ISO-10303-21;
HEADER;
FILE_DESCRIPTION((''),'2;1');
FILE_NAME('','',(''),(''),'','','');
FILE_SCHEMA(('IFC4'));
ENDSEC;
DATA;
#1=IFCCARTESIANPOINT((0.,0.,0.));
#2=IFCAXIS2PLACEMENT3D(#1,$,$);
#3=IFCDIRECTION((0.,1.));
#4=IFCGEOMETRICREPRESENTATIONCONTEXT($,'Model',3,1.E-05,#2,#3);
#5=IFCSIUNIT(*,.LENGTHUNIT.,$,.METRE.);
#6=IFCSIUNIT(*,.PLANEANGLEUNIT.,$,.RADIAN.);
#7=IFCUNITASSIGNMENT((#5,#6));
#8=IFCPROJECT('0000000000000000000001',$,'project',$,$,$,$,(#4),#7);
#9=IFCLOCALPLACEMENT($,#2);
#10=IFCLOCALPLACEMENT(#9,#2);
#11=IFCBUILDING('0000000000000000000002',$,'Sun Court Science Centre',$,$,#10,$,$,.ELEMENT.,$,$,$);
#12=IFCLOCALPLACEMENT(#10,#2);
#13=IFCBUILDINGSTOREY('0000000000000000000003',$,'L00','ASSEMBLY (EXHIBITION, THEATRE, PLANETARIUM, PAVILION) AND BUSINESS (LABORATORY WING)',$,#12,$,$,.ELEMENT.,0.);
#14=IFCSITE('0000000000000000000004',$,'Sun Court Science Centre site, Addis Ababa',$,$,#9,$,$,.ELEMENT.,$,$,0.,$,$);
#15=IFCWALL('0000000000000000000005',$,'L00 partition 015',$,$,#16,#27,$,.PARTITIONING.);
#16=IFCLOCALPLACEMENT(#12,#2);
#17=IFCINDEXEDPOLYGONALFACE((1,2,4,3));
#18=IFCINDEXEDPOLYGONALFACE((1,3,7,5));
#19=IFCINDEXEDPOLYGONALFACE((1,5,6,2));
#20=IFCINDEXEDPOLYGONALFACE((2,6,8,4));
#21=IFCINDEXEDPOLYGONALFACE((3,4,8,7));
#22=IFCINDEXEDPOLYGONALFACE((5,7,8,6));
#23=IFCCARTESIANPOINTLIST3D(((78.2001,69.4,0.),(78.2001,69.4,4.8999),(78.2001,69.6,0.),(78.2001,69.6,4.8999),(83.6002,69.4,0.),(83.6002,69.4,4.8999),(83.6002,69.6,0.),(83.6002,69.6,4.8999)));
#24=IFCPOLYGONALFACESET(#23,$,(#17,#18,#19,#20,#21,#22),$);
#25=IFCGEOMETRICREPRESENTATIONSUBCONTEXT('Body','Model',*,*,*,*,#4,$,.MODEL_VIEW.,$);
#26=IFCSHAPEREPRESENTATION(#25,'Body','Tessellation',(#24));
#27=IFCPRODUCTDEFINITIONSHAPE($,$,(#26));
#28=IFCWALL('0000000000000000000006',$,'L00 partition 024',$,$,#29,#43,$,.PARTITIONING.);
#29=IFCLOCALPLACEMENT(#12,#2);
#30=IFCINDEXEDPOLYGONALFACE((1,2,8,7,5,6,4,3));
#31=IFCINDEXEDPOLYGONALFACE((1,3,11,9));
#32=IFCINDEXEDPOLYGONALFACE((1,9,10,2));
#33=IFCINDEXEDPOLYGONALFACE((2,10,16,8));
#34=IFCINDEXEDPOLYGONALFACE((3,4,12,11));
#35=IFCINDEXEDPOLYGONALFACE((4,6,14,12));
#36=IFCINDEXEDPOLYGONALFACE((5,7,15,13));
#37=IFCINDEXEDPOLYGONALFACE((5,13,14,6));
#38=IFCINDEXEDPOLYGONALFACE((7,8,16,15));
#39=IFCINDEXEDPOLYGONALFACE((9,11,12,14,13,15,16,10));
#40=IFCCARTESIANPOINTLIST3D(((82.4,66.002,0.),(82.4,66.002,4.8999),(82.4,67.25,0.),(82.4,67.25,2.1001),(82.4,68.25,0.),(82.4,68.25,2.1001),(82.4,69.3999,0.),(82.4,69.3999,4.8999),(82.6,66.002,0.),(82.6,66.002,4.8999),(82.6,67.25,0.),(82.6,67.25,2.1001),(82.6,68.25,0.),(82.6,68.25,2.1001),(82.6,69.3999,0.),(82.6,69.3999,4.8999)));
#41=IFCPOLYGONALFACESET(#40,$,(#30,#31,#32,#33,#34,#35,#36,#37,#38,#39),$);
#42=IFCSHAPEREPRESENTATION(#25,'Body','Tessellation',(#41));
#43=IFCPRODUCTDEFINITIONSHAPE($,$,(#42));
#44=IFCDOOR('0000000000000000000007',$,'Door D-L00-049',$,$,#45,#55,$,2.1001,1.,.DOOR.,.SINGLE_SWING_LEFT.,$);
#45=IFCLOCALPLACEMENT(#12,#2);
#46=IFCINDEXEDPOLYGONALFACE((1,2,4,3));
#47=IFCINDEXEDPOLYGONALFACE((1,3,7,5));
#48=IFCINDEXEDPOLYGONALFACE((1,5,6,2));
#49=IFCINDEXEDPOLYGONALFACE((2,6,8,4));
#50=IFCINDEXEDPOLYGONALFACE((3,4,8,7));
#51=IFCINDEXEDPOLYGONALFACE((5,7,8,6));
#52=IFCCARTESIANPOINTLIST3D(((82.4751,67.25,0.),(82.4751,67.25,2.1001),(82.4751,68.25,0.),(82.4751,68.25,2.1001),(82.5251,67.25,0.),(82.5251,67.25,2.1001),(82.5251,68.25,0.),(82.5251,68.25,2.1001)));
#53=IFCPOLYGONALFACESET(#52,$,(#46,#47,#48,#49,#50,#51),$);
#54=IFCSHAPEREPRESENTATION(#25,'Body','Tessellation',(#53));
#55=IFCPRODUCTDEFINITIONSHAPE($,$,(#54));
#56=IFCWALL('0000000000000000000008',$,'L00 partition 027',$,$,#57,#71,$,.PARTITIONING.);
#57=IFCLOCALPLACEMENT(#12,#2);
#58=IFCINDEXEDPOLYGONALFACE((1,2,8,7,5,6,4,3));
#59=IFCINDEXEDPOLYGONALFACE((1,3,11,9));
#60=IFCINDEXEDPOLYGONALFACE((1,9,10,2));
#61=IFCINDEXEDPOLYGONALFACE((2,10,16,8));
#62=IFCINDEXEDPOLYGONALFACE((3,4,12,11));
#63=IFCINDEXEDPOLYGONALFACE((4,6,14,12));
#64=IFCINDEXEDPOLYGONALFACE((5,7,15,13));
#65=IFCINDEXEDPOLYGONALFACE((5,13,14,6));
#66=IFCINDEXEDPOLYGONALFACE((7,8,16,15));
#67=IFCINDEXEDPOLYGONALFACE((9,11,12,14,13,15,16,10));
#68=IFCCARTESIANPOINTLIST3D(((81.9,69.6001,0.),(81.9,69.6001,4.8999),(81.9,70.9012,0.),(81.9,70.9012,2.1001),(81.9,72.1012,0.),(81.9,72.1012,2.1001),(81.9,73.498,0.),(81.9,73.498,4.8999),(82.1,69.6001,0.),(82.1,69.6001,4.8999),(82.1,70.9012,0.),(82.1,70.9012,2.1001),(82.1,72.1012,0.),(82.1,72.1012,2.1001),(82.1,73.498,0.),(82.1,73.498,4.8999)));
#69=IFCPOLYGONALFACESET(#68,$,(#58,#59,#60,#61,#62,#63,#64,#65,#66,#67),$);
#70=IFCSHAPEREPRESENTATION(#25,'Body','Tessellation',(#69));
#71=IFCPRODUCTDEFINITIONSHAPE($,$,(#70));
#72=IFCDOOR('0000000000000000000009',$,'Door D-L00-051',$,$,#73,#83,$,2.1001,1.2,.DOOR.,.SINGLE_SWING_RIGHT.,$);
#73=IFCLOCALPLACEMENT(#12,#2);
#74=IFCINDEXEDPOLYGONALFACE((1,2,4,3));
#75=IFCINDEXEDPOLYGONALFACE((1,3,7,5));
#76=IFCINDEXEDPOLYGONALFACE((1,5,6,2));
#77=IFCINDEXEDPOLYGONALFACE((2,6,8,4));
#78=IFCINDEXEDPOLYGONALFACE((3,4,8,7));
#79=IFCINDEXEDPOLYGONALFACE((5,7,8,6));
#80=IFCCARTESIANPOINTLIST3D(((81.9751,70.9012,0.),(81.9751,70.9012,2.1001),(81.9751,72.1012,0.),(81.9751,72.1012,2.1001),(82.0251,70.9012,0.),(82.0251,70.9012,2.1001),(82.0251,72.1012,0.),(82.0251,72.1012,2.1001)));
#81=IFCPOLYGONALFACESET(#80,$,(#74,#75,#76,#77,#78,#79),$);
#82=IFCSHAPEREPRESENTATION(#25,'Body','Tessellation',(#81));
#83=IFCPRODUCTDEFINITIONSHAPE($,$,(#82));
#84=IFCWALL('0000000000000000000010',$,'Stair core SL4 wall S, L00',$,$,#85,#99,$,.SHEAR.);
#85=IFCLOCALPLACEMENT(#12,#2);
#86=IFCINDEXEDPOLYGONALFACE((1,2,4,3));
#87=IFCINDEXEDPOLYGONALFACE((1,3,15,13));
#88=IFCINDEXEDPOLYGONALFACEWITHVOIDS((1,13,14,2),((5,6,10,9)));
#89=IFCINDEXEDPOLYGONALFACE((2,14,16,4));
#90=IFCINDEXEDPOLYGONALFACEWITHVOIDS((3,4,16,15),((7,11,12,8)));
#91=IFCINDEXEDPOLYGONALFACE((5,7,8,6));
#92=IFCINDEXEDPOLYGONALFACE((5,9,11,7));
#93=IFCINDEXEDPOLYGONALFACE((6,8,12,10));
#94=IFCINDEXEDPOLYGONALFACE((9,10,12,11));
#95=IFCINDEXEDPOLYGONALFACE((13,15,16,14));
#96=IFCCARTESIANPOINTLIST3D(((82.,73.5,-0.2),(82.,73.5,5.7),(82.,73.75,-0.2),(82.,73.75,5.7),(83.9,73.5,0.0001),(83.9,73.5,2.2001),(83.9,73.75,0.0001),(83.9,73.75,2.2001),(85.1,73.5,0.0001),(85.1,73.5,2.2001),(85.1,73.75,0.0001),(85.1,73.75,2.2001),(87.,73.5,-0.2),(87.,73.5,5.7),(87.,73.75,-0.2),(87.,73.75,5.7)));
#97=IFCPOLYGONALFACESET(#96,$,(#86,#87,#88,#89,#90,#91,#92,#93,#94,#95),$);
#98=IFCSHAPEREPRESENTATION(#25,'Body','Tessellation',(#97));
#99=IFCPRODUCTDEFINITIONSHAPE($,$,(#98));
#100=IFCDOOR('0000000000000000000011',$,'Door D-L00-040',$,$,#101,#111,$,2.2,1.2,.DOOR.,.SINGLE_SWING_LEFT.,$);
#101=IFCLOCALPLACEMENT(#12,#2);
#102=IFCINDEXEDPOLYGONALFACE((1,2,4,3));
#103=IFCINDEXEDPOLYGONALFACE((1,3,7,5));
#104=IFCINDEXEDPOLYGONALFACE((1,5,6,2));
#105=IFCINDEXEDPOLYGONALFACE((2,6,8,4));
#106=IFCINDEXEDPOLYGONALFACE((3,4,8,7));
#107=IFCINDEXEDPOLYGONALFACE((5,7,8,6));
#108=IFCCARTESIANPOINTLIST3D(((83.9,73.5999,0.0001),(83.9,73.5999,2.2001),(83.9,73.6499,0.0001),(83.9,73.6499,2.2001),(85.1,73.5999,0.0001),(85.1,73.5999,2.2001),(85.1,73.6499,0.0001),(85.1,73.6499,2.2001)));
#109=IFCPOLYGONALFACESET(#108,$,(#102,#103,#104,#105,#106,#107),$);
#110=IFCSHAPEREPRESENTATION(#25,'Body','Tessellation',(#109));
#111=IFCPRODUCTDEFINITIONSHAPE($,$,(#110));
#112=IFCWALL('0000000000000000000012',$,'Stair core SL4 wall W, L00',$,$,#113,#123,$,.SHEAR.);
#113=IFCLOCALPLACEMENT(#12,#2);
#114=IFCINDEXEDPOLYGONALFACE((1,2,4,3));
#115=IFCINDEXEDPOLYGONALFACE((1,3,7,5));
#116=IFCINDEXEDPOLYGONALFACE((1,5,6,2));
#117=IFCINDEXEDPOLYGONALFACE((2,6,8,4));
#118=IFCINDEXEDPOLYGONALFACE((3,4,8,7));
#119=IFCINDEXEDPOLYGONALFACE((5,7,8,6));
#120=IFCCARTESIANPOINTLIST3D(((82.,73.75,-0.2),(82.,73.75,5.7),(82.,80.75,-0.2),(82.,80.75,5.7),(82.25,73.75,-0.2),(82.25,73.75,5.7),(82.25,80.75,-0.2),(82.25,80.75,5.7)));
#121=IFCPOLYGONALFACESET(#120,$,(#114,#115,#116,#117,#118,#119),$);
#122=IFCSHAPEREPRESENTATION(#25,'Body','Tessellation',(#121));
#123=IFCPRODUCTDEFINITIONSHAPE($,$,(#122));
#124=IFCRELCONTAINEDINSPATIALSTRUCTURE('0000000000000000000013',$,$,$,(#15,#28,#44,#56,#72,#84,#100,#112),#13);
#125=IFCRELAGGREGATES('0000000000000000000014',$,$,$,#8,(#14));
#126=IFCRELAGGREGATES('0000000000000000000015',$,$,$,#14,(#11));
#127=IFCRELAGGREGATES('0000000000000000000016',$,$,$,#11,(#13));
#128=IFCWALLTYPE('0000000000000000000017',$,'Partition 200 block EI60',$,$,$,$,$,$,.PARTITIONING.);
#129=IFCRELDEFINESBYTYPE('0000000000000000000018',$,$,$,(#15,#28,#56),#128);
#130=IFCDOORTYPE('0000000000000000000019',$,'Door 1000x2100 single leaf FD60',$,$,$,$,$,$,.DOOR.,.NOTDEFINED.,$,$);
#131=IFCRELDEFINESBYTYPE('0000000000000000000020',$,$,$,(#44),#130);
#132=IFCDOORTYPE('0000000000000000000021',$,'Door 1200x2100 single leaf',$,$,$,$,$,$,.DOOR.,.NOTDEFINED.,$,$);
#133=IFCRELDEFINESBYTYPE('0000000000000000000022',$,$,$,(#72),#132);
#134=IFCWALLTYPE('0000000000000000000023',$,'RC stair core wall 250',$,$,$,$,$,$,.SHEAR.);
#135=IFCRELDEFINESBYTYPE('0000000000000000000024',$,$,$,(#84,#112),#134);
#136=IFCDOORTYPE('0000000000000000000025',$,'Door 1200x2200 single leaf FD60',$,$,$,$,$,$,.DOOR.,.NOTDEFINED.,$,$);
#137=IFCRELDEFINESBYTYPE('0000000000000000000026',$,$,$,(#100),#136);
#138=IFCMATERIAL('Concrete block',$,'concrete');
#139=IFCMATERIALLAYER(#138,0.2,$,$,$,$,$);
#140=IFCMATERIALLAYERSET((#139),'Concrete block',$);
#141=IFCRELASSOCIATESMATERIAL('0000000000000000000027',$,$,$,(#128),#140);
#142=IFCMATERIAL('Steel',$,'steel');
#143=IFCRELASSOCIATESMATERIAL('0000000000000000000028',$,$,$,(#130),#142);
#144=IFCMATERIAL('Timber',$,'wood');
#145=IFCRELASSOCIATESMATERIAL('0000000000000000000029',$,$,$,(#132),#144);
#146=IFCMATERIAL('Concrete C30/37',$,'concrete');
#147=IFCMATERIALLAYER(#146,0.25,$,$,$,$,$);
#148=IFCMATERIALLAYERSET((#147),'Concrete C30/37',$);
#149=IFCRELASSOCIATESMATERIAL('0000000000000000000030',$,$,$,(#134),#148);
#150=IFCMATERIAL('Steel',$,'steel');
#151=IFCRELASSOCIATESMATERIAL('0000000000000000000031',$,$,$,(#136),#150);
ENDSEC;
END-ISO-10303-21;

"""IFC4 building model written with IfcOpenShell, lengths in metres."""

from ifc_helpers import new_model, si_unit, direction, frame, frame_2d, origin, place, context, subcontext, project, spatial, rectangle, extrude, material, layer, layer_set, type_object, element, fill, save


model = new_model("IFC4")

# Units and contexts
model_context = context("Model", 3, precision=1e-05, world=origin(), true_north=direction((0.0, 1.0)))
body_context = subcontext(model_context, "Body", "Model", "MODEL_VIEW")
ifc_project = project(units=[si_unit("LENGTHUNIT", "METRE"), si_unit("PLANEANGLEUNIT", "RADIAN")], contexts=[model_context])

# Site, building, storey
site_placement = place(None, origin())
site = spatial("IfcSite", under=ifc_project, at=site_placement, Name="Sun Court Science Centre site, Addis Ababa", CompositionType="ELEMENT", RefElevation=0.0)
building_placement = place(site_placement, origin())
building = spatial("IfcBuilding", under=site, at=building_placement, Name="Sun Court Science Centre", CompositionType="ELEMENT")
storey_placement = place(building_placement, origin())
storey = spatial("IfcBuildingStorey", under=building, at=storey_placement, Name="L00", Description="ASSEMBLY (EXHIBITION, THEATRE, PLANETARIUM, PAVILION) AND BUSINESS (LABORATORY WING)", CompositionType="ELEMENT", Elevation=0.0)

# Wall
ifc_material_1 = material(Name="Concrete block", Category="concrete")
ifc_layer_1 = layer(ifc_material_1, 0.2)
ifc_layer_set_1 = layer_set([ifc_layer_1], Name="Concrete block")
wall_type_1 = type_object("IfcWallType", Name="Partition 200 block EI60", PredefinedType="PARTITIONING", material=ifc_layer_set_1)
wall_1_placement = place(storey_placement, frame((78.2, 69.5, 0.0), z_axis=(0.0, 0.0, 1.0), x_axis=(1.0, 0.0, 0.0)))
element("IfcWall", 1, at=wall_1_placement, inside=storey, type_object=wall_type_1, Name="L00 partition 015", PredefinedType="PARTITIONING", context=body_context, shape_type="SweptSolid", body=[
    extrude(rectangle(XDim=5.4001, YDim=0.2, at=frame_2d((2.7002, 0.0))), origin(), (0.0, 0.0, 1.0), 4.8999),
])

# Walls, openings, doors
wall_2_placement = place(storey_placement, frame((82.5, 66.002, 0.0), z_axis=(0.0, 0.0, 1.0), x_axis=(0.0, 1.0, 0.0)))
wall_2 = element("IfcWall", 2, at=wall_2_placement, inside=storey, type_object=wall_type_1, Name="L00 partition 024", PredefinedType="PARTITIONING", context=body_context, shape_type="SweptSolid", body=[
    extrude(rectangle(XDim=3.3979, YDim=0.2, at=frame_2d((1.699, 0.0))), origin(), (0.0, 0.0, 1.0), 4.8999),
])
opening_1_placement = place(wall_2_placement, frame((1.248, 0.0, 0.0)))
opening_1 = element("IfcOpeningElement", 3, at=opening_1_placement, cuts=wall_2, PredefinedType="OPENING", context=body_context, shape_type="SweptSolid", body=[
    extrude(rectangle(XDim=1.0, YDim=2.1001, at=frame_2d((0.5, 1.05))), frame((0.0, 0.1099, 0.0), z_axis=(0.0, -1.0, 0.0), x_axis=(1.0, 0.0, 0.0)), (0.0, 0.0, 1.0), 0.22),
])
ifc_material_2 = material(Name="Steel", Category="steel")
door_type_1 = type_object("IfcDoorType", Name="Door 1000x2100 single leaf FD60", OperationType="NOTDEFINED", PredefinedType="DOOR", material=ifc_material_2)
door_1_placement = place(opening_1_placement, origin())
door_1 = element("IfcDoor", 4, at=door_1_placement, inside=storey, type_object=door_type_1, Name="Door D-L00-049", OperationType="SINGLE_SWING_LEFT", OverallHeight=2.1001, OverallWidth=1.0, PredefinedType="DOOR", context=body_context, shape_type="SweptSolid", body=[
    extrude(rectangle(XDim=1.0, YDim=2.1001, at=frame_2d((0.5, 1.05))), frame((0.0, 0.0249, 0.0), z_axis=(0.0, -1.0, 0.0), x_axis=(1.0, 0.0, 0.0)), (0.0, 0.0, 1.0), 0.05),
])
fill(opening_1, door_1)
wall_3_placement = place(storey_placement, frame((82.0, 69.6001, 0.0), z_axis=(0.0, 0.0, 1.0), x_axis=(0.0, 1.0, 0.0)))
wall_3 = element("IfcWall", 5, at=wall_3_placement, inside=storey, type_object=wall_type_1, Name="L00 partition 027", PredefinedType="PARTITIONING", context=body_context, shape_type="SweptSolid", body=[
    extrude(rectangle(XDim=3.8979, YDim=0.2, at=frame_2d((1.949, 0.0))), origin(), (0.0, 0.0, 1.0), 4.8999),
])
opening_2_placement = place(wall_3_placement, frame((1.301, 0.0, 0.0)))
opening_2 = element("IfcOpeningElement", 6, at=opening_2_placement, cuts=wall_3, PredefinedType="OPENING", context=body_context, shape_type="SweptSolid", body=[
    extrude(rectangle(XDim=1.2, YDim=2.1001, at=frame_2d((0.6001, 1.05))), frame((0.0, 0.1099, 0.0), z_axis=(0.0, -1.0, 0.0), x_axis=(1.0, 0.0, 0.0)), (0.0, 0.0, 1.0), 0.22),
])
ifc_material_3 = material(Name="Timber", Category="wood")
door_type_2 = type_object("IfcDoorType", Name="Door 1200x2100 single leaf", OperationType="NOTDEFINED", PredefinedType="DOOR", material=ifc_material_3)
door_2_placement = place(opening_2_placement, origin())
door_2 = element("IfcDoor", 7, at=door_2_placement, inside=storey, type_object=door_type_2, Name="Door D-L00-051", OperationType="SINGLE_SWING_RIGHT", OverallHeight=2.1001, OverallWidth=1.2, PredefinedType="DOOR", context=body_context, shape_type="SweptSolid", body=[
    extrude(rectangle(XDim=1.2, YDim=2.1001, at=frame_2d((0.6001, 1.05))), frame((0.0, 0.0249, 0.0), z_axis=(0.0, -1.0, 0.0), x_axis=(1.0, 0.0, 0.0)), (0.0, 0.0, 1.0), 0.05),
])
fill(opening_2, door_2)
ifc_material_4 = material(Name="Concrete C30/37", Category="concrete")
ifc_layer_2 = layer(ifc_material_4, 0.25)
ifc_layer_set_2 = layer_set([ifc_layer_2], Name="Concrete C30/37")
wall_type_2 = type_object("IfcWallType", Name="RC stair core wall 250", PredefinedType="SHEAR", material=ifc_layer_set_2)
wall_4_placement = place(storey_placement, frame((82.0, 73.625, -0.2), z_axis=(0.0, 0.0, 1.0), x_axis=(1.0, 0.0, 0.0)))
wall_4 = element("IfcWall", 8, at=wall_4_placement, inside=storey, type_object=wall_type_2, Name="Stair core SL4 wall S, L00", PredefinedType="SHEAR", context=body_context, shape_type="SweptSolid", body=[
    extrude(rectangle(XDim=5.0, YDim=0.25, at=frame_2d((2.5, 0.0))), origin(), (0.0, 0.0, 1.0), 5.8999),
])
opening_3_placement = place(wall_4_placement, frame((1.8999, 0.0, 0.2)))
opening_3 = element("IfcOpeningElement", 9, at=opening_3_placement, cuts=wall_4, PredefinedType="OPENING", context=body_context, shape_type="SweptSolid", body=[
    extrude(rectangle(XDim=1.2, YDim=2.2, at=frame_2d((0.6001, 1.1001))), frame((0.0, 0.135, 0.0), z_axis=(0.0, -1.0, 0.0), x_axis=(1.0, 0.0, 0.0)), (0.0, 0.0, 1.0), 0.27),
])
ifc_material_5 = material(Name="Steel", Category="steel")
door_type_3 = type_object("IfcDoorType", Name="Door 1200x2200 single leaf FD60", OperationType="NOTDEFINED", PredefinedType="DOOR", material=ifc_material_5)
door_3_placement = place(opening_3_placement, origin())
door_3 = element("IfcDoor", 10, at=door_3_placement, inside=storey, type_object=door_type_3, Name="Door D-L00-040", OperationType="SINGLE_SWING_LEFT", OverallHeight=2.2, OverallWidth=1.2, PredefinedType="DOOR", context=body_context, shape_type="SweptSolid", body=[
    extrude(rectangle(XDim=1.2, YDim=2.2, at=frame_2d((0.6001, 1.1001))), frame((0.0, 0.0249, 0.0), z_axis=(0.0, -1.0, 0.0), x_axis=(1.0, 0.0, 0.0)), (0.0, 0.0, 1.0), 0.05),
])
fill(opening_3, door_3)

# Wall
wall_5_placement = place(storey_placement, frame((82.125, 73.75, -0.2), z_axis=(0.0, 0.0, 1.0), x_axis=(0.0, 1.0, 0.0)))
element("IfcWall", 11, at=wall_5_placement, inside=storey, type_object=wall_type_2, Name="Stair core SL4 wall W, L00", PredefinedType="SHEAR", context=body_context, shape_type="SweptSolid", body=[
    extrude(rectangle(XDim=7.0, YDim=0.25, at=frame_2d((3.5, 0.0))), origin(), (0.0, 0.0, 1.0), 5.8999),
])

save(model, "model.ifc")
